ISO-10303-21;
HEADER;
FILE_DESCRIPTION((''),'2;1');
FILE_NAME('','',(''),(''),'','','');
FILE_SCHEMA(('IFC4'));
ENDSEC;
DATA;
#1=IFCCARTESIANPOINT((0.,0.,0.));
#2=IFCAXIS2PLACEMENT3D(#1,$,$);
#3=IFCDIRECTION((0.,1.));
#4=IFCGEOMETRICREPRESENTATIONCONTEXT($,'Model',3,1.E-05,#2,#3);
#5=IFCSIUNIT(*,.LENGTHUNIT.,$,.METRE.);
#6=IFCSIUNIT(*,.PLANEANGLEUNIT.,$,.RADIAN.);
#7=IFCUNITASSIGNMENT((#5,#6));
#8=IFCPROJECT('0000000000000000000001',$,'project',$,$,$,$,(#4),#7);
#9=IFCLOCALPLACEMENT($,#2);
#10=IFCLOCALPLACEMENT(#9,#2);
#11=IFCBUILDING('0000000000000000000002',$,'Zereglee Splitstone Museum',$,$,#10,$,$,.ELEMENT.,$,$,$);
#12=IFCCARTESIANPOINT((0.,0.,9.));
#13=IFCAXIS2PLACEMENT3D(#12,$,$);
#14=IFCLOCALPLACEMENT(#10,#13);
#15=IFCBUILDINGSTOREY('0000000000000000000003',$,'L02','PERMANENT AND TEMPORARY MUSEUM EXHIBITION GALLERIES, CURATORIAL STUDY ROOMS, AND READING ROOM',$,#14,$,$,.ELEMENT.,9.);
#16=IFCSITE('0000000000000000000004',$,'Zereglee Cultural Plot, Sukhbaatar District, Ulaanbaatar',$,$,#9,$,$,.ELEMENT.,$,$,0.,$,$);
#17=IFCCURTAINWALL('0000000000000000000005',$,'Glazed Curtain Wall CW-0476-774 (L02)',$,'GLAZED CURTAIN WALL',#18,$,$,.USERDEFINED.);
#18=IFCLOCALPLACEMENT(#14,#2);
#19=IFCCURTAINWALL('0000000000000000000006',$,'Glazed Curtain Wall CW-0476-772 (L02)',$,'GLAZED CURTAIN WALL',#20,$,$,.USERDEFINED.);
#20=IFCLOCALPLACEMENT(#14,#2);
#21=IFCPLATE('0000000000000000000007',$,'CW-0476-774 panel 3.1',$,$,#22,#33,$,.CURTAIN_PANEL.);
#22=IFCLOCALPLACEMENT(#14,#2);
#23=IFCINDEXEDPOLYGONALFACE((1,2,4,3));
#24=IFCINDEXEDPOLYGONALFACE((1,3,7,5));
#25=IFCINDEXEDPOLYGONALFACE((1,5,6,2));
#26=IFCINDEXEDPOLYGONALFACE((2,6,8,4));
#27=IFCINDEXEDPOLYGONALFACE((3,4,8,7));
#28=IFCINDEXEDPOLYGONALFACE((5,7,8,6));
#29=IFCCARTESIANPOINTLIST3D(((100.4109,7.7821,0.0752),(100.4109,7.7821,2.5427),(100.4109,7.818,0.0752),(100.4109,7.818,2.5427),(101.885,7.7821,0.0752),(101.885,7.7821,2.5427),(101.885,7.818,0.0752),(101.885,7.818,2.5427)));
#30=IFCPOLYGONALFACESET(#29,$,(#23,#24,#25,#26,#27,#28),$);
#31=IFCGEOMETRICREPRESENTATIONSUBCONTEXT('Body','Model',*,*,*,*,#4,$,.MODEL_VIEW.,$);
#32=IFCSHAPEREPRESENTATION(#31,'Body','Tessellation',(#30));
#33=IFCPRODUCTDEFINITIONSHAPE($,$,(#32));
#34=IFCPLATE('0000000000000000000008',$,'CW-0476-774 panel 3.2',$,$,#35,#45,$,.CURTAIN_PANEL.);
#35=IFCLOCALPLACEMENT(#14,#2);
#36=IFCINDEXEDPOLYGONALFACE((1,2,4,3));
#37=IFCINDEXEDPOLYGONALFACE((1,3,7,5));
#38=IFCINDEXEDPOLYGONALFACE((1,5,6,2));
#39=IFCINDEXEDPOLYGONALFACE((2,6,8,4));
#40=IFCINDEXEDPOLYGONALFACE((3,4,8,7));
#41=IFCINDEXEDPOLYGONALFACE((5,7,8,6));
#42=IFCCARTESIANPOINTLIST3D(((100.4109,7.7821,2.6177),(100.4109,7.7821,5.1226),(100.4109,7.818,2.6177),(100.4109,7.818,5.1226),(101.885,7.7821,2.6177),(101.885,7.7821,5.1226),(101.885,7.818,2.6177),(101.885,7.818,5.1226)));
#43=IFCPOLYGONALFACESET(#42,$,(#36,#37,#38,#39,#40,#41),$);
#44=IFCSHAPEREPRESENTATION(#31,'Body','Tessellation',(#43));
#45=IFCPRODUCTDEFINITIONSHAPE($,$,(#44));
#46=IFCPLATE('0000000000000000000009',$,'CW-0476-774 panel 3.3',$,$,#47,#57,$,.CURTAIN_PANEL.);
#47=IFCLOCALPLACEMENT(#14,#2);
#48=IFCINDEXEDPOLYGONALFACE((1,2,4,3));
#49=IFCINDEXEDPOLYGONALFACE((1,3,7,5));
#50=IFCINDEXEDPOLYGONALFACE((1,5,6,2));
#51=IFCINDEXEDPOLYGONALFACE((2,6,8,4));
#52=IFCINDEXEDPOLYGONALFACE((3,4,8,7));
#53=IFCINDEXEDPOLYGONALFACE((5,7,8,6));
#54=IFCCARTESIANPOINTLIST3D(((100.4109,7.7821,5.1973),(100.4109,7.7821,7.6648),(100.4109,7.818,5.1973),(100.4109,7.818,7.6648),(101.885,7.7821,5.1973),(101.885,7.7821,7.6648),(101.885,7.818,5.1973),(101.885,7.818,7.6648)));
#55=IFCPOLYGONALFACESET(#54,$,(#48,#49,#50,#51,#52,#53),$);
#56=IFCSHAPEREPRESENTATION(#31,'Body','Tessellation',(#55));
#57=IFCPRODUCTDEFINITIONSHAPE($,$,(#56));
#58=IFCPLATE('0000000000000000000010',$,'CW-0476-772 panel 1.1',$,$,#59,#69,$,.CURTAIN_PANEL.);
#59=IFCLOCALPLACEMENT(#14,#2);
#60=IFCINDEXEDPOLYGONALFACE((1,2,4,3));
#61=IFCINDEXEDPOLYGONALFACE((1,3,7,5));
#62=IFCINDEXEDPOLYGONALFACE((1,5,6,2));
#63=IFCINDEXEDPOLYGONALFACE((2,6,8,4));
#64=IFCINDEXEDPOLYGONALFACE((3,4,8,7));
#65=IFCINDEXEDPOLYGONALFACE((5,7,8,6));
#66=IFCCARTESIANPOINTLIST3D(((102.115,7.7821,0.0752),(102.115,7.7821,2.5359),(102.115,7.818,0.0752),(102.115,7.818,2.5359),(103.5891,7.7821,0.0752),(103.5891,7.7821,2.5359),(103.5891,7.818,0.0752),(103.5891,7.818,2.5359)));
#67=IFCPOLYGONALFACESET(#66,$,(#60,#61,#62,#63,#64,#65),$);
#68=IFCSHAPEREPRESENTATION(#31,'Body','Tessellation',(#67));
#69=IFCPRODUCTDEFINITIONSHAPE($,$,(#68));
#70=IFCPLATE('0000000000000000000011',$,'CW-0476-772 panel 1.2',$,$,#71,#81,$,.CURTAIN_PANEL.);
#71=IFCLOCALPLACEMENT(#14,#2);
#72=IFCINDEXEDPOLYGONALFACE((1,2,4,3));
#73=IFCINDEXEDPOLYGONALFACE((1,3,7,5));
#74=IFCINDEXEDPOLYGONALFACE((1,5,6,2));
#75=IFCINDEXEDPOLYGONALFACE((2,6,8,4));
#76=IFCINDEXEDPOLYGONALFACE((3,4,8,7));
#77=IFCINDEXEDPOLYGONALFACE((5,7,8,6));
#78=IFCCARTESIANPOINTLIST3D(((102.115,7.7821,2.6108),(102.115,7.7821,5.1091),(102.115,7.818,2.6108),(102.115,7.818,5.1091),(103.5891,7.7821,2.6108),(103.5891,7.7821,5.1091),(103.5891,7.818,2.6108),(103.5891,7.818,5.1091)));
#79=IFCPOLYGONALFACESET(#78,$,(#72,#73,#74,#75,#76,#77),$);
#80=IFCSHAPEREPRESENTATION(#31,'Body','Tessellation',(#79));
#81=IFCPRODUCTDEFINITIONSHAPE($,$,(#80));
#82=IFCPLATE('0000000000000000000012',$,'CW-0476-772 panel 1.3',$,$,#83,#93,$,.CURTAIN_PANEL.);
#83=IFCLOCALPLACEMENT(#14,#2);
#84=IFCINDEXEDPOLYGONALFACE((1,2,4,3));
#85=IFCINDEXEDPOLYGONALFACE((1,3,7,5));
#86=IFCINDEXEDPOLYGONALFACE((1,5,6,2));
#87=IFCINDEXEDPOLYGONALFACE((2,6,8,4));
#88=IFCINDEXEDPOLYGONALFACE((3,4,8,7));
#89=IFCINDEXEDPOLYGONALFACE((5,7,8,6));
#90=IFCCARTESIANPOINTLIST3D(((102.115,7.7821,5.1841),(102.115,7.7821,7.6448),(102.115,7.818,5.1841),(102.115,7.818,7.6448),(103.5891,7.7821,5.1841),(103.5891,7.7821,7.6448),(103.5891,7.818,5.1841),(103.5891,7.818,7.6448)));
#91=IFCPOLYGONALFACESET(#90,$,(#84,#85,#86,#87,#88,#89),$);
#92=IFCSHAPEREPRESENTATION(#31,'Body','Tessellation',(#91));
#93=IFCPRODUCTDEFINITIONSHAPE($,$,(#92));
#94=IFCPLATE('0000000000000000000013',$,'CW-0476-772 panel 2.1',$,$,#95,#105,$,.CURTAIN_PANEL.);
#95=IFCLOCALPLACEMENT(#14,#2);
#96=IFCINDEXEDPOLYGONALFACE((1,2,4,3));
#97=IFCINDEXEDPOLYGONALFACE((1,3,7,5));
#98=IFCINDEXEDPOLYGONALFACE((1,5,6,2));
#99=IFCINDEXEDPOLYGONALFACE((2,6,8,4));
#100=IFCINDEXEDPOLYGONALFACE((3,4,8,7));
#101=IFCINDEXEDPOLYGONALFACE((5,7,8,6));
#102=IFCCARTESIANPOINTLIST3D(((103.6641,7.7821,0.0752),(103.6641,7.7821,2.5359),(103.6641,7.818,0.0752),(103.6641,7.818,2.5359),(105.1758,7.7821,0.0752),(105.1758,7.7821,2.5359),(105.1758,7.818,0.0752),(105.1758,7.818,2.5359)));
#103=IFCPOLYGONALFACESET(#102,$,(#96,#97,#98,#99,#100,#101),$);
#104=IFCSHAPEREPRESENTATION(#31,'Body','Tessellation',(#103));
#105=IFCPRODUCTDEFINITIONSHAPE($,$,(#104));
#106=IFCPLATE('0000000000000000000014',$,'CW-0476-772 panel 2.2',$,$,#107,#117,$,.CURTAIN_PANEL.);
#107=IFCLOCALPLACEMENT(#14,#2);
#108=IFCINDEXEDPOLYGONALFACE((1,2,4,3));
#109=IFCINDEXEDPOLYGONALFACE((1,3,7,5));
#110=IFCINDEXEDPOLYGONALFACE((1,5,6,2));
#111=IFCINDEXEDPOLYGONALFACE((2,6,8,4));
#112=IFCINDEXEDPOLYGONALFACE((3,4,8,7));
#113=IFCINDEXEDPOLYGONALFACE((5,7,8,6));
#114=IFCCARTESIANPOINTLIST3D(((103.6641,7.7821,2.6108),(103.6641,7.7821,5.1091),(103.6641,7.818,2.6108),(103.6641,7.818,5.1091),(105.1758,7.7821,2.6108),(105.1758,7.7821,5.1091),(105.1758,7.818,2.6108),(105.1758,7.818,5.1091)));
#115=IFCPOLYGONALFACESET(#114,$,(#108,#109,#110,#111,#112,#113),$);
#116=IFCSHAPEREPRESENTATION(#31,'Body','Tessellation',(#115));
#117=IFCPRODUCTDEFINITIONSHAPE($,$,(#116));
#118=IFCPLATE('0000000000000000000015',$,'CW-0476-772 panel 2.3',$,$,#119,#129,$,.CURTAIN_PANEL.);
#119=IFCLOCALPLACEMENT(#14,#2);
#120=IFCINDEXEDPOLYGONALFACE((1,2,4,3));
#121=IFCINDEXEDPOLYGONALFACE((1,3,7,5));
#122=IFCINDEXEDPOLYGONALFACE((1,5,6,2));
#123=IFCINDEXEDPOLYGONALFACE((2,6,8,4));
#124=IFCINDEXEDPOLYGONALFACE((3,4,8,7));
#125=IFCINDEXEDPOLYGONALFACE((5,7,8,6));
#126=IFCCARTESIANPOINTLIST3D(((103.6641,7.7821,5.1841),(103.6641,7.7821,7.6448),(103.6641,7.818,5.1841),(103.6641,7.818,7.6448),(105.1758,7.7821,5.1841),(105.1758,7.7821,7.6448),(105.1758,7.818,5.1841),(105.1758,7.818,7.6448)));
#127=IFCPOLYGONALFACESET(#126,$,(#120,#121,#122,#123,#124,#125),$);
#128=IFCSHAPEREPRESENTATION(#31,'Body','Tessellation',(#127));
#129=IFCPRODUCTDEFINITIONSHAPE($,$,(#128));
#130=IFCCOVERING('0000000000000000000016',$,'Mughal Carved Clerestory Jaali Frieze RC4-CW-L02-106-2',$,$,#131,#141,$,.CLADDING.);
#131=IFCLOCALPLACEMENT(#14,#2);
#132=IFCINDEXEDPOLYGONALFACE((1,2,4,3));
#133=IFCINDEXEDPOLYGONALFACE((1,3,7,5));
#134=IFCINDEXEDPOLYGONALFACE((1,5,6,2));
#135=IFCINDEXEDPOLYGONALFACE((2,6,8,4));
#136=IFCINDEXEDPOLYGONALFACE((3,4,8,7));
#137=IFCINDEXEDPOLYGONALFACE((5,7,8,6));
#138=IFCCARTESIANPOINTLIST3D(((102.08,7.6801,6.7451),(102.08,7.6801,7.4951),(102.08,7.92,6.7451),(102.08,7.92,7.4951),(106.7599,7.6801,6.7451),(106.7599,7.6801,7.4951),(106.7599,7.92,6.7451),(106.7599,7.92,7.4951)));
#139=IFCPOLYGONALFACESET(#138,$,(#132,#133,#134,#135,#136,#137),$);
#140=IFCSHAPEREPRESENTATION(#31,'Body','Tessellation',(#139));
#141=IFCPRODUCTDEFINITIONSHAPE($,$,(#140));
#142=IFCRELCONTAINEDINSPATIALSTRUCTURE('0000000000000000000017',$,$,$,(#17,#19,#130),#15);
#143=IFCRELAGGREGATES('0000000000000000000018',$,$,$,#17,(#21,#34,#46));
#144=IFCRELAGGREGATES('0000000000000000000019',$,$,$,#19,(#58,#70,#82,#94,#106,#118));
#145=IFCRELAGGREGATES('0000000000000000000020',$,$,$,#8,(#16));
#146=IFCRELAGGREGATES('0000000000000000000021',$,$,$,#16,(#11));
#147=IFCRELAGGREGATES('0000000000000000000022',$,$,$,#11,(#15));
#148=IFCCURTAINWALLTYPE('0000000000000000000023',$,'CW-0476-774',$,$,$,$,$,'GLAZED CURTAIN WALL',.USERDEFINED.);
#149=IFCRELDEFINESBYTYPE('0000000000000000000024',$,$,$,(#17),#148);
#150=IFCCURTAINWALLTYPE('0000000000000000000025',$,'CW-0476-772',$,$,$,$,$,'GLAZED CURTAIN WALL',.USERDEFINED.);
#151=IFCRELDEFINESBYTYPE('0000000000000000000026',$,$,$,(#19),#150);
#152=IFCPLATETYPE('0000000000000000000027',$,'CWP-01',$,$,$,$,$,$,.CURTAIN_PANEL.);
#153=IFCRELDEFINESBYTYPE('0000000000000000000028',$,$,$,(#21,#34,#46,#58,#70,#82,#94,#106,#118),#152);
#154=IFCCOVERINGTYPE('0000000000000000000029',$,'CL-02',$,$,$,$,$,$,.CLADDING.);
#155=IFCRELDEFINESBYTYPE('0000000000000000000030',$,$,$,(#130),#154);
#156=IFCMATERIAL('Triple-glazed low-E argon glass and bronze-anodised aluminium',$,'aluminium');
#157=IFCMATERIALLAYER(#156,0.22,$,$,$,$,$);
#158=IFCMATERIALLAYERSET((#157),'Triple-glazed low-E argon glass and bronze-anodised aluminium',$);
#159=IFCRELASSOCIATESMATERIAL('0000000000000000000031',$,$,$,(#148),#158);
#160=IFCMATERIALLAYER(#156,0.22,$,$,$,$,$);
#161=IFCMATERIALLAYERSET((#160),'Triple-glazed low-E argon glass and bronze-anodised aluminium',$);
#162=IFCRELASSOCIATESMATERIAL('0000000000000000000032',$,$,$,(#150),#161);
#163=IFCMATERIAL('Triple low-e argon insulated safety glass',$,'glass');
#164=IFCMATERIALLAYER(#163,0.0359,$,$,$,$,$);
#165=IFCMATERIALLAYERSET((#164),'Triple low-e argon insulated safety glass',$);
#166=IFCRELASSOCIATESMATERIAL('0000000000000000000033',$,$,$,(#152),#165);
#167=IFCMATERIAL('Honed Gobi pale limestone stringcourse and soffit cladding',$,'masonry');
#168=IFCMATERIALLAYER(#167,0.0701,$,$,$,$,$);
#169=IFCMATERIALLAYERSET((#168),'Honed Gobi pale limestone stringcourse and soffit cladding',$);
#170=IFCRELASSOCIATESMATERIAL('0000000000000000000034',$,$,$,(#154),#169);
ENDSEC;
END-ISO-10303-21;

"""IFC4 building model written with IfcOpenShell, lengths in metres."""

from ifc_helpers import new_model, si_unit, direction, frame, origin, origin_2d, place, context, subcontext, project, spatial, rectangle, extrude, material, layer, layer_set, type_object, element, aggregate, save


model = new_model("IFC4")

# Units and contexts
model_context = context("Model", 3, precision=1e-05, world=origin(), true_north=direction((0.0, 1.0)))
body_context = subcontext(model_context, "Body", "Model", "MODEL_VIEW")
ifc_project = project(units=[si_unit("LENGTHUNIT", "METRE"), si_unit("PLANEANGLEUNIT", "RADIAN")], contexts=[model_context])

# Site, building, storey
site_placement = place(None, origin())
site = spatial("IfcSite", under=ifc_project, at=site_placement, Name="Zereglee Cultural Plot, Sukhbaatar District, Ulaanbaatar", CompositionType="ELEMENT", RefElevation=0.0)
building_placement = place(site_placement, origin())
building = spatial("IfcBuilding", under=site, at=building_placement, Name="Zereglee Splitstone Museum", CompositionType="ELEMENT")
storey_placement = place(building_placement, frame((0.0, 0.0, 9.0)))
storey = spatial("IfcBuildingStorey", under=building, at=storey_placement, Name="L02", Description="PERMANENT AND TEMPORARY MUSEUM EXHIBITION GALLERIES, CURATORIAL STUDY ROOMS, AND READING ROOM", CompositionType="ELEMENT", Elevation=9.0)

# Curtain wall
ifc_material_1 = material(Name="Triple-glazed low-E argon glass and bronze-anodised aluminium", Category="aluminium")
ifc_layer_1 = layer(ifc_material_1, 0.22)
ifc_layer_set_1 = layer_set([ifc_layer_1], Name="Triple-glazed low-E argon glass and bronze-anodised aluminium")
curtain_wall_type_1 = type_object("IfcCurtainWallType", Name="CW-0476-774", ElementType="GLAZED CURTAIN WALL", PredefinedType="USERDEFINED", material=ifc_layer_set_1)
curtain_wall_1_placement = place(storey_placement, origin())
curtain_wall_1 = element("IfcCurtainWall", 1, at=curtain_wall_1_placement, inside=storey, type_object=curtain_wall_type_1, Name="Glazed Curtain Wall CW-0476-774 (L02)", ObjectType="GLAZED CURTAIN WALL", PredefinedType="USERDEFINED")

# Curtain wall
ifc_layer_2 = layer(ifc_material_1, 0.22)
ifc_layer_set_2 = layer_set([ifc_layer_2], Name="Triple-glazed low-E argon glass and bronze-anodised aluminium")
curtain_wall_type_2 = type_object("IfcCurtainWallType", Name="CW-0476-772", ElementType="GLAZED CURTAIN WALL", PredefinedType="USERDEFINED", material=ifc_layer_set_2)
curtain_wall_2_placement = place(storey_placement, origin())
curtain_wall_2 = element("IfcCurtainWall", 2, at=curtain_wall_2_placement, inside=storey, type_object=curtain_wall_type_2, Name="Glazed Curtain Wall CW-0476-772 (L02)", ObjectType="GLAZED CURTAIN WALL", PredefinedType="USERDEFINED")

# Plates
ifc_material_2 = material(Name="Triple low-e argon insulated safety glass", Category="glass")
ifc_layer_3 = layer(ifc_material_2, 0.0359)
ifc_layer_set_3 = layer_set([ifc_layer_3], Name="Triple low-e argon insulated safety glass")
plate_type = type_object("IfcPlateType", Name="CWP-01", PredefinedType="CURTAIN_PANEL", material=ifc_layer_set_3)
plate_1_placement = place(storey_placement, frame((101.1479, 7.8, 0.0752), z_axis=(0.0, 0.0, 1.0), x_axis=(1.0, 0.0, 0.0)))
plate_1 = element("IfcPlate", 3, at=plate_1_placement, type_object=plate_type, Name="CW-0476-774 panel 3.1", PredefinedType="CURTAIN_PANEL", context=body_context, shape_type="SweptSolid", body=[
    extrude(rectangle(XDim=1.4741, YDim=0.0359, at=origin_2d()), origin(), (0.0, 0.0, 1.0), 2.4675),
])
plate_2_placement = place(storey_placement, frame((101.1479, 7.8, 2.6177), z_axis=(0.0, 0.0, 1.0), x_axis=(1.0, 0.0, 0.0)))
plate_2 = element("IfcPlate", 4, at=plate_2_placement, type_object=plate_type, Name="CW-0476-774 panel 3.2", PredefinedType="CURTAIN_PANEL", context=body_context, shape_type="SweptSolid", body=[
    extrude(rectangle(XDim=1.4741, YDim=0.0359, at=origin_2d()), origin(), (0.0, 0.0, 1.0), 2.5049),
])
plate_3_placement = place(storey_placement, frame((101.1479, 7.8, 5.1973), z_axis=(0.0, 0.0, 1.0), x_axis=(1.0, 0.0, 0.0)))
plate_3 = element("IfcPlate", 5, at=plate_3_placement, type_object=plate_type, Name="CW-0476-774 panel 3.3", PredefinedType="CURTAIN_PANEL", context=body_context, shape_type="SweptSolid", body=[
    extrude(rectangle(XDim=1.4741, YDim=0.0359, at=origin_2d()), origin(), (0.0, 0.0, 1.0), 2.4675),
])
aggregate(curtain_wall_1, [plate_1, plate_2, plate_3])
plate_4_placement = place(storey_placement, frame((102.8521, 7.8, 0.0752), z_axis=(0.0, 0.0, 1.0), x_axis=(1.0, 0.0, 0.0)))
plate_4 = element("IfcPlate", 6, at=plate_4_placement, type_object=plate_type, Name="CW-0476-772 panel 1.1", PredefinedType="CURTAIN_PANEL", context=body_context, shape_type="SweptSolid", body=[
    extrude(rectangle(XDim=1.4741, YDim=0.0359, at=origin_2d()), origin(), (0.0, 0.0, 1.0), 2.4607),
])
plate_5_placement = place(storey_placement, frame((102.8521, 7.8, 2.6108), z_axis=(0.0, 0.0, 1.0), x_axis=(1.0, 0.0, 0.0)))
plate_5 = element("IfcPlate", 7, at=plate_5_placement, type_object=plate_type, Name="CW-0476-772 panel 1.2", PredefinedType="CURTAIN_PANEL", context=body_context, shape_type="SweptSolid", body=[
    extrude(rectangle(XDim=1.4741, YDim=0.0359, at=origin_2d()), origin(), (0.0, 0.0, 1.0), 2.4983),
])
plate_6_placement = place(storey_placement, frame((102.8521, 7.8, 5.1841), z_axis=(0.0, 0.0, 1.0), x_axis=(1.0, 0.0, 0.0)))
plate_6 = element("IfcPlate", 8, at=plate_6_placement, type_object=plate_type, Name="CW-0476-772 panel 1.3", PredefinedType="CURTAIN_PANEL", context=body_context, shape_type="SweptSolid", body=[
    extrude(rectangle(XDim=1.4741, YDim=0.0359, at=origin_2d()), origin(), (0.0, 0.0, 1.0), 2.4607),
])
plate_7_placement = place(storey_placement, frame((104.4199, 7.8, 0.0752), z_axis=(0.0, 0.0, 1.0), x_axis=(1.0, 0.0, 0.0)))
plate_7 = element("IfcPlate", 9, at=plate_7_placement, type_object=plate_type, Name="CW-0476-772 panel 2.1", PredefinedType="CURTAIN_PANEL", context=body_context, shape_type="SweptSolid", body=[
    extrude(rectangle(XDim=1.5117, YDim=0.0359, at=origin_2d()), origin(), (0.0, 0.0, 1.0), 2.4607),
])
plate_8_placement = place(storey_placement, frame((104.4199, 7.8, 2.6108), z_axis=(0.0, 0.0, 1.0), x_axis=(1.0, 0.0, 0.0)))
plate_8 = element("IfcPlate", 10, at=plate_8_placement, type_object=plate_type, Name="CW-0476-772 panel 2.2", PredefinedType="CURTAIN_PANEL", context=body_context, shape_type="SweptSolid", body=[
    extrude(rectangle(XDim=1.5117, YDim=0.0359, at=origin_2d()), origin(), (0.0, 0.0, 1.0), 2.4983),
])
plate_9_placement = place(storey_placement, frame((104.4199, 7.8, 5.1841), z_axis=(0.0, 0.0, 1.0), x_axis=(1.0, 0.0, 0.0)))
plate_9 = element("IfcPlate", 11, at=plate_9_placement, type_object=plate_type, Name="CW-0476-772 panel 2.3", PredefinedType="CURTAIN_PANEL", context=body_context, shape_type="SweptSolid", body=[
    extrude(rectangle(XDim=1.5117, YDim=0.0359, at=origin_2d()), origin(), (0.0, 0.0, 1.0), 2.4607),
])
aggregate(curtain_wall_2, [plate_4, plate_5, plate_6, plate_7, plate_8, plate_9])

# Covering
ifc_material_3 = material(Name="Honed Gobi pale limestone stringcourse and soffit cladding", Category="masonry")
ifc_layer_4 = layer(ifc_material_3, 0.0701)
ifc_layer_set_4 = layer_set([ifc_layer_4], Name="Honed Gobi pale limestone stringcourse and soffit cladding")
covering_type = type_object("IfcCoveringType", Name="CL-02", PredefinedType="CLADDING", material=ifc_layer_set_4)
covering_placement = place(storey_placement, frame((104.4199, 7.8, 6.7451), z_axis=(0.0, 0.0, 1.0), x_axis=(1.0, 0.0, 0.0)))
element("IfcCovering", 12, at=covering_placement, inside=storey, type_object=covering_type, Name="Mughal Carved Clerestory Jaali Frieze RC4-CW-L02-106-2", PredefinedType="CLADDING", context=body_context, shape_type="SweptSolid", body=[
    extrude(rectangle(XDim=4.6799, YDim=0.24, at=origin_2d()), origin(), (0.0, 0.0, 1.0), 0.75),
])

save(model, "model.ifc")
